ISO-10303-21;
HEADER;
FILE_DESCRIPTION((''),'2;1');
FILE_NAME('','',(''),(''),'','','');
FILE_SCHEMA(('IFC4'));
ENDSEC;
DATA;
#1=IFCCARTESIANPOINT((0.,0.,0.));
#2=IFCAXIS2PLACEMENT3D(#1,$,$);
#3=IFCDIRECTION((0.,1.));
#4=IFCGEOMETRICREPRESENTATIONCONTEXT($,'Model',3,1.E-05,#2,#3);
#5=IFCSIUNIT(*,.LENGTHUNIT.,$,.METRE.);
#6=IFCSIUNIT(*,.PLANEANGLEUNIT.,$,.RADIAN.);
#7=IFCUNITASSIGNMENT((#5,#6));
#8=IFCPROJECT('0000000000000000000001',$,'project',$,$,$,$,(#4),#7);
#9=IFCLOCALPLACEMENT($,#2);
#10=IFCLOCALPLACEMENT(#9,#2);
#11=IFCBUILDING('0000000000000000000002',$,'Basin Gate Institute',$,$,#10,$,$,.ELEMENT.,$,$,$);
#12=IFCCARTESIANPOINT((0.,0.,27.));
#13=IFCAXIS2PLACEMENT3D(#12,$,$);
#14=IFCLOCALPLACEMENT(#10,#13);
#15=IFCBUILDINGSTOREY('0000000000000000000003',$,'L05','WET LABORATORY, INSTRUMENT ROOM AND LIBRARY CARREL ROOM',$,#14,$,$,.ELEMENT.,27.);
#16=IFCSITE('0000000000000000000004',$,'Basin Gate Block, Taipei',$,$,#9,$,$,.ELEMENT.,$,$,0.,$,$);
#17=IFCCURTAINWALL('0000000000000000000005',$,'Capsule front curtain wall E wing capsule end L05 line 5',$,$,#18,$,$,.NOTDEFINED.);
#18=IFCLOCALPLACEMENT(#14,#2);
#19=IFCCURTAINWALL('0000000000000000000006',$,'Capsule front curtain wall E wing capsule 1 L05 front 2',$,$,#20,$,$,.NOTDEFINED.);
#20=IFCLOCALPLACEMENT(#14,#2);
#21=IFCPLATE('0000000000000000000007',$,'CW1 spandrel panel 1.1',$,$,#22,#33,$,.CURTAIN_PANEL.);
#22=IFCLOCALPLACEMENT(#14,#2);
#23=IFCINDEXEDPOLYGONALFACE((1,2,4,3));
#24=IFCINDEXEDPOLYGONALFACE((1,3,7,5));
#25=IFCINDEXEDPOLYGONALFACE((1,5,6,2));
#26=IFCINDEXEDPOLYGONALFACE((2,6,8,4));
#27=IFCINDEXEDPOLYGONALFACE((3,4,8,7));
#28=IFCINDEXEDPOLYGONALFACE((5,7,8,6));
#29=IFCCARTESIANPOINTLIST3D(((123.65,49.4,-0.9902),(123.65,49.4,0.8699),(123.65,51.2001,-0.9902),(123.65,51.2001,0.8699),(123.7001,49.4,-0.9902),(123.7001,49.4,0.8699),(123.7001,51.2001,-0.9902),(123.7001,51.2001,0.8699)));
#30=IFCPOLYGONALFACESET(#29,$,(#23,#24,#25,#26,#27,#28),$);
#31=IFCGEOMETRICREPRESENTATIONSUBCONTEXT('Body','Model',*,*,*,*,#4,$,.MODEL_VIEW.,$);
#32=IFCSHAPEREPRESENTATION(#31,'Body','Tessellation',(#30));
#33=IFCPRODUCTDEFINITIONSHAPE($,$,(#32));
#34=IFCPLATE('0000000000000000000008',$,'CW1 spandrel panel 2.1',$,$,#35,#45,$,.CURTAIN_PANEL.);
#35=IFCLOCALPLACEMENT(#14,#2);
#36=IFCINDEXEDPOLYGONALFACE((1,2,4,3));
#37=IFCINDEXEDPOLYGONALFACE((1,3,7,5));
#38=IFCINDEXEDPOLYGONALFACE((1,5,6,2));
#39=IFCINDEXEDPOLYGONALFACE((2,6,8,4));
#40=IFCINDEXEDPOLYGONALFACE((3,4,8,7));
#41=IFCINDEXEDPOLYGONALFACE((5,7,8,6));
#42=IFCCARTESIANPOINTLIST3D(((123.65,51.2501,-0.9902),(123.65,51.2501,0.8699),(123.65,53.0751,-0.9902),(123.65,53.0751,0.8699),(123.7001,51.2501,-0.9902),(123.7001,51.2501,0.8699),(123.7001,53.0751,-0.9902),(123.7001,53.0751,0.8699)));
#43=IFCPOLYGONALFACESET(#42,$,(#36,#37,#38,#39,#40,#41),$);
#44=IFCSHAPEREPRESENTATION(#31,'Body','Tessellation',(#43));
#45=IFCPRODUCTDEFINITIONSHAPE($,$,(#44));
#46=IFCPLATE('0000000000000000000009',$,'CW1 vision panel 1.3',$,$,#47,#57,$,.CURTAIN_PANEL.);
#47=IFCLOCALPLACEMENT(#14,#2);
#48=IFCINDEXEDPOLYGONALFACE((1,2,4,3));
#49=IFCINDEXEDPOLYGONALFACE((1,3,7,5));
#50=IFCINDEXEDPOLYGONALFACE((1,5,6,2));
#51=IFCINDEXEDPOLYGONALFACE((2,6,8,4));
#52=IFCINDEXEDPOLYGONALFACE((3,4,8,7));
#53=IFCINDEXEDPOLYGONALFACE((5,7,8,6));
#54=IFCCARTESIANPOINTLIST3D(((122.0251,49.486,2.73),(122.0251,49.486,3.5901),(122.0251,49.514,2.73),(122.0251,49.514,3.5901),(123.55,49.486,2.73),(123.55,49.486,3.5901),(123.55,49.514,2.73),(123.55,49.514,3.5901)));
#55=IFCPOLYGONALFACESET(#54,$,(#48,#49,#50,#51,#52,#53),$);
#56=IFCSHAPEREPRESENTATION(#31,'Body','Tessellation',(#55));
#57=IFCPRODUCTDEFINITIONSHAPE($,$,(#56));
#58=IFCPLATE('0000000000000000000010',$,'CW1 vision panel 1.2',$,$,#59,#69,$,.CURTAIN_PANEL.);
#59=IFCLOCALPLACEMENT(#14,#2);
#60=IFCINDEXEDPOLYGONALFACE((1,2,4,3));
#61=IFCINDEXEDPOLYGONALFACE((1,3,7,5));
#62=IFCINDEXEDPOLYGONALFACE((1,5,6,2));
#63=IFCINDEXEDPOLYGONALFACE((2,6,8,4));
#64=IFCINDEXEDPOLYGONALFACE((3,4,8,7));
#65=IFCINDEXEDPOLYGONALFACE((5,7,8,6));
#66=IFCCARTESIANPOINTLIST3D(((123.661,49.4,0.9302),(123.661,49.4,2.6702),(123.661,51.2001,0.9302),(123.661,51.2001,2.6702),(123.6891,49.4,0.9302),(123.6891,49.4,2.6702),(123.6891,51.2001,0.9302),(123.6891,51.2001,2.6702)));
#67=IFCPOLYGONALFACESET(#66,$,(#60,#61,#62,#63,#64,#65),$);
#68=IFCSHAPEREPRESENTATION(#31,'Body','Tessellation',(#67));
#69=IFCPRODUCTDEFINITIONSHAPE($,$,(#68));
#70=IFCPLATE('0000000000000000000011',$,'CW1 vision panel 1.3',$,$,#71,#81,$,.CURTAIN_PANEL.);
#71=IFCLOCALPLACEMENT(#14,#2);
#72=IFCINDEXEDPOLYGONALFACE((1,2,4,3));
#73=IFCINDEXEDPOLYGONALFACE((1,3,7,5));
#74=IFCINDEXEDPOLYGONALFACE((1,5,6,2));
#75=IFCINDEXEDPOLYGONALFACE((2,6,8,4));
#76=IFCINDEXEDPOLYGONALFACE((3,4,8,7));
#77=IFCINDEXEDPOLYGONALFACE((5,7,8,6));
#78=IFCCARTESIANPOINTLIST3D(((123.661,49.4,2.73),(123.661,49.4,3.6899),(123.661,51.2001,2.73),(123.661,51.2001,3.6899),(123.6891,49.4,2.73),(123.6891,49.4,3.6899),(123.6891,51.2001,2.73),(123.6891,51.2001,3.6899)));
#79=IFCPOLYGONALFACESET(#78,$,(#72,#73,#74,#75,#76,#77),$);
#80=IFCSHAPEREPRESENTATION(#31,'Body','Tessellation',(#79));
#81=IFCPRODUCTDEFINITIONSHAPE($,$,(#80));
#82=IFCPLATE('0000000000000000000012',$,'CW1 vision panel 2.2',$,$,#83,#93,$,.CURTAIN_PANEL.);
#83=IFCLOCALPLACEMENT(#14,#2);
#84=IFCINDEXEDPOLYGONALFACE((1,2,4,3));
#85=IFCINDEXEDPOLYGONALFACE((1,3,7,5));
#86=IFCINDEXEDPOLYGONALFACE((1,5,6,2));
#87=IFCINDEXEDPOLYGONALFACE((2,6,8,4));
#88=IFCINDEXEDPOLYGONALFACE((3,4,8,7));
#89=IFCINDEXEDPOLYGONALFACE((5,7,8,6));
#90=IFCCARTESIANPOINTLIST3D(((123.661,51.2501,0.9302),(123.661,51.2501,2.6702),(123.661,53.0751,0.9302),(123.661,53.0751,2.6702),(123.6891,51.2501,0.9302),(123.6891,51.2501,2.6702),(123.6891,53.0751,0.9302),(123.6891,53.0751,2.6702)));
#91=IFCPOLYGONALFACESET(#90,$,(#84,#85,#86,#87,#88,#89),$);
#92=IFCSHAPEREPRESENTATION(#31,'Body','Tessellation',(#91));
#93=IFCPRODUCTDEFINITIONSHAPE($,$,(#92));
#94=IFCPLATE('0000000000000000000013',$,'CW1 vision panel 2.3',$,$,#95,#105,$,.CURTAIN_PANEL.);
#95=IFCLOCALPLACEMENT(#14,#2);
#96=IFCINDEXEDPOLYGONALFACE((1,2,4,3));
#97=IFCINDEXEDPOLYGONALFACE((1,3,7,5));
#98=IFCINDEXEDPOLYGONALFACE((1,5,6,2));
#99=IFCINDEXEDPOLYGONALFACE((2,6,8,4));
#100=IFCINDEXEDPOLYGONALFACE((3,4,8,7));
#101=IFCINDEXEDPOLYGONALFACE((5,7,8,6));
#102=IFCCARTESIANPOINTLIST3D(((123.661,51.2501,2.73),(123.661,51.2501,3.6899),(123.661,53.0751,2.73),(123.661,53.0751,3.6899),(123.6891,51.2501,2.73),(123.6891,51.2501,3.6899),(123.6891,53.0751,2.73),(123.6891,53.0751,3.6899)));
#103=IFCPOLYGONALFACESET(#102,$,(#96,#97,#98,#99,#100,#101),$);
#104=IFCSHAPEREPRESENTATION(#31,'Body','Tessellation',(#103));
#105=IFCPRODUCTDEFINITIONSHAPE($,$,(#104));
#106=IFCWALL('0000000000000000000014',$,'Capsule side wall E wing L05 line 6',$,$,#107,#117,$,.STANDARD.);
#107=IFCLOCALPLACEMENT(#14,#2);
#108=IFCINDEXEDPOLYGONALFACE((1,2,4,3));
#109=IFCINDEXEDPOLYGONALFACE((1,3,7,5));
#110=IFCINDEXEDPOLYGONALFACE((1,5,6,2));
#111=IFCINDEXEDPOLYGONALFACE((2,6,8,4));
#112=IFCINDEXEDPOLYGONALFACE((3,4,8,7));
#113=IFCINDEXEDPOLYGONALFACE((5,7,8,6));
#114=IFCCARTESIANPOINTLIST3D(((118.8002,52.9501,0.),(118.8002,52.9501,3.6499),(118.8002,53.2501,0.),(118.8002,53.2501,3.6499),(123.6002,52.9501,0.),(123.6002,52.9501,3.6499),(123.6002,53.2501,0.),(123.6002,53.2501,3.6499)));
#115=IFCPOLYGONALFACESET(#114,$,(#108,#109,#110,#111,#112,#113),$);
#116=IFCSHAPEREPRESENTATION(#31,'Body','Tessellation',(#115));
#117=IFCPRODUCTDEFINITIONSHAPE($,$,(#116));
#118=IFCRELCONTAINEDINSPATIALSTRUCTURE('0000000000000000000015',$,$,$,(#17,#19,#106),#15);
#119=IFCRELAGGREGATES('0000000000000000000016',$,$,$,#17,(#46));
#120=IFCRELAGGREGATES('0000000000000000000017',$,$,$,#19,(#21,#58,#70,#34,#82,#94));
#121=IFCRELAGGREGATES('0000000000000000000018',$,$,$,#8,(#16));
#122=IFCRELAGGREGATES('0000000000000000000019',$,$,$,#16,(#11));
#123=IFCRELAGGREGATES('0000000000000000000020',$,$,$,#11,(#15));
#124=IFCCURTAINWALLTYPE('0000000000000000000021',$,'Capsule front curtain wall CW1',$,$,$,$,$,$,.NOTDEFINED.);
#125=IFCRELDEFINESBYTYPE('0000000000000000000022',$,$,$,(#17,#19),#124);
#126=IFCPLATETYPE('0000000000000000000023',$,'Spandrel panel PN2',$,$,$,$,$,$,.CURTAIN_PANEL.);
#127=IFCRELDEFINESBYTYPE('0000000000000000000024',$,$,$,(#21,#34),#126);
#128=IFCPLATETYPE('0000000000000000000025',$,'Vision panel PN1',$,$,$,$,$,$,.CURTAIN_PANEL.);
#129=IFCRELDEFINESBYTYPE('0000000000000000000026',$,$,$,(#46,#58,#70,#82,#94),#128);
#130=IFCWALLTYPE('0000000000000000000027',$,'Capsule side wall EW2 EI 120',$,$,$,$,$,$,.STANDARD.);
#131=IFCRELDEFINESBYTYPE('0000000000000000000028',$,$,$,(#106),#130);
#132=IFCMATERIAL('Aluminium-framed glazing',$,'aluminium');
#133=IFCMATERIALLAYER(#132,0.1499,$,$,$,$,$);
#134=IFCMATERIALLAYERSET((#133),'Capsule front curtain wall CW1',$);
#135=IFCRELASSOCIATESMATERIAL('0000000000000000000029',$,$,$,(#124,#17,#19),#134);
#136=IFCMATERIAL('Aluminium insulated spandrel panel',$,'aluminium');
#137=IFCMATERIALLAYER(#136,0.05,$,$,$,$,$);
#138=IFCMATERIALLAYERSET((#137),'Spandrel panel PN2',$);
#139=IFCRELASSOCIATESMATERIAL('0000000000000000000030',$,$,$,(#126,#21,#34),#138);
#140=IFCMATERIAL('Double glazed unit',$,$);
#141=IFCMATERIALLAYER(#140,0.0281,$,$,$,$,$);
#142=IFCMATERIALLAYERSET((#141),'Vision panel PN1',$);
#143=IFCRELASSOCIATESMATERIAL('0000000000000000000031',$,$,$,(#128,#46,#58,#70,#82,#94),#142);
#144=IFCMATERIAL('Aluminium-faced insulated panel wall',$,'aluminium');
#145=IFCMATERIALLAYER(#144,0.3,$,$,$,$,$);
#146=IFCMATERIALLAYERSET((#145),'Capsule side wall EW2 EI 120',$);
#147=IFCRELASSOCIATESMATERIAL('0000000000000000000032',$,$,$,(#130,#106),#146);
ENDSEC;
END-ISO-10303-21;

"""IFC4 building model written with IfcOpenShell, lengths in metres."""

from ifc_helpers import new_model, si_unit, direction, frame, frame_2d, origin, origin_2d, place, context, subcontext, project, spatial, rectangle, extrude, material, layer, layer_set, type_object, element, aggregate, save


model = new_model("IFC4")

# Units and contexts
model_context = context("Model", 3, precision=1e-05, world=origin(), true_north=direction((0.0, 1.0)))
body_context = subcontext(model_context, "Body", "Model", "MODEL_VIEW")
ifc_project = project(units=[si_unit("LENGTHUNIT", "METRE"), si_unit("PLANEANGLEUNIT", "RADIAN")], contexts=[model_context])

# Site, building, storey
site_placement = place(None, origin())
site = spatial("IfcSite", under=ifc_project, at=site_placement, Name="Basin Gate Block, Taipei", CompositionType="ELEMENT", RefElevation=0.0)
building_placement = place(site_placement, origin())
building = spatial("IfcBuilding", under=site, at=building_placement, Name="Basin Gate Institute", CompositionType="ELEMENT")
storey_placement = place(building_placement, frame((0.0, 0.0, 27.0)))
storey = spatial("IfcBuildingStorey", under=building, at=storey_placement, Name="L05", Description="WET LABORATORY, INSTRUMENT ROOM AND LIBRARY CARREL ROOM", CompositionType="ELEMENT", Elevation=27.0)

# Curtain walls
ifc_material_1 = material(Name="Aluminium-framed glazing", Category="aluminium")
ifc_layer_1 = layer(ifc_material_1, 0.1499)
ifc_layer_set_1 = layer_set([ifc_layer_1], Name="Capsule front curtain wall CW1")
curtain_wall_type = type_object("IfcCurtainWallType", Name="Capsule front curtain wall CW1", PredefinedType="NOTDEFINED", material=ifc_layer_set_1)
curtain_wall_1_placement = place(storey_placement, origin())
curtain_wall_1 = element("IfcCurtainWall", 1, at=curtain_wall_1_placement, inside=storey, type_object=curtain_wall_type, material=ifc_layer_set_1, Name="Capsule front curtain wall E wing capsule end L05 line 5", PredefinedType="NOTDEFINED")
curtain_wall_2_placement = place(storey_placement, origin())
curtain_wall_2 = element("IfcCurtainWall", 2, at=curtain_wall_2_placement, inside=storey, type_object=curtain_wall_type, material=ifc_layer_set_1, Name="Capsule front curtain wall E wing capsule 1 L05 front 2", PredefinedType="NOTDEFINED")

# Plates
ifc_material_2 = material(Name="Aluminium insulated spandrel panel", Category="aluminium")
ifc_layer_2 = layer(ifc_material_2, 0.05)
ifc_layer_set_2 = layer_set([ifc_layer_2], Name="Spandrel panel PN2")
plate_type_1 = type_object("IfcPlateType", Name="Spandrel panel PN2", PredefinedType="CURTAIN_PANEL", material=ifc_layer_set_2)
plate_1_placement = place(storey_placement, frame((123.675, 50.3, -0.9902), z_axis=(0.0, 0.0, 1.0), x_axis=(0.0, 1.0, 0.0)))
plate_1 = element("IfcPlate", 3, at=plate_1_placement, type_object=plate_type_1, material=ifc_layer_set_2, Name="CW1 spandrel panel 1.1", PredefinedType="CURTAIN_PANEL", context=body_context, shape_type="SweptSolid", body=[
    extrude(rectangle(XDim=1.8, YDim=0.05, at=origin_2d()), origin(), (0.0, 0.0, 1.0), 1.8601),
])
plate_2_placement = place(storey_placement, frame((123.675, 52.1626, -0.9902), z_axis=(0.0, 0.0, 1.0), x_axis=(0.0, 1.0, 0.0)))
plate_2 = element("IfcPlate", 4, at=plate_2_placement, type_object=plate_type_1, material=ifc_layer_set_2, Name="CW1 spandrel panel 2.1", PredefinedType="CURTAIN_PANEL", context=body_context, shape_type="SweptSolid", body=[
    extrude(rectangle(XDim=1.825, YDim=0.05, at=origin_2d()), origin(), (0.0, 0.0, 1.0), 1.8601),
])
ifc_material_3 = material(Name="Double glazed unit")
ifc_layer_3 = layer(ifc_material_3, 0.0281)
ifc_layer_set_3 = layer_set([ifc_layer_3], Name="Vision panel PN1")
plate_type_2 = type_object("IfcPlateType", Name="Vision panel PN1", PredefinedType="CURTAIN_PANEL", material=ifc_layer_set_3)
plate_3_placement = place(storey_placement, frame((122.7876, 49.5, 2.73), z_axis=(0.0, 0.0, 1.0), x_axis=(-1.0, 0.0, 0.0)))
plate_3 = element("IfcPlate", 5, at=plate_3_placement, type_object=plate_type_2, material=ifc_layer_set_3, Name="CW1 vision panel 1.3", PredefinedType="CURTAIN_PANEL", context=body_context, shape_type="SweptSolid", body=[
    extrude(rectangle(XDim=1.5249, YDim=0.0281, at=origin_2d()), origin(), (0.0, 0.0, 1.0), 0.8601),
])
aggregate(curtain_wall_1, [plate_3])
plate_4_placement = place(storey_placement, frame((123.675, 50.3, 0.9302), z_axis=(0.0, 0.0, 1.0), x_axis=(0.0, 1.0, 0.0)))
plate_4 = element("IfcPlate", 6, at=plate_4_placement, type_object=plate_type_2, material=ifc_layer_set_3, Name="CW1 vision panel 1.2", PredefinedType="CURTAIN_PANEL", context=body_context, shape_type="SweptSolid", body=[
    extrude(rectangle(XDim=1.8, YDim=0.0281, at=origin_2d()), origin(), (0.0, 0.0, 1.0), 1.74),
])
plate_5_placement = place(storey_placement, frame((123.675, 50.3, 2.73), z_axis=(0.0, 0.0, 1.0), x_axis=(0.0, 1.0, 0.0)))
plate_5 = element("IfcPlate", 7, at=plate_5_placement, type_object=plate_type_2, material=ifc_layer_set_3, Name="CW1 vision panel 1.3", PredefinedType="CURTAIN_PANEL", context=body_context, shape_type="SweptSolid", body=[
    extrude(rectangle(XDim=1.8, YDim=0.0281, at=origin_2d()), origin(), (0.0, 0.0, 1.0), 0.96),
])
plate_6_placement = place(storey_placement, frame((123.675, 52.1626, 0.9302), z_axis=(0.0, 0.0, 1.0), x_axis=(0.0, 1.0, 0.0)))
plate_6 = element("IfcPlate", 8, at=plate_6_placement, type_object=plate_type_2, material=ifc_layer_set_3, Name="CW1 vision panel 2.2", PredefinedType="CURTAIN_PANEL", context=body_context, shape_type="SweptSolid", body=[
    extrude(rectangle(XDim=1.825, YDim=0.0281, at=origin_2d()), origin(), (0.0, 0.0, 1.0), 1.74),
])
plate_7_placement = place(storey_placement, frame((123.675, 52.1626, 2.73), z_axis=(0.0, 0.0, 1.0), x_axis=(0.0, 1.0, 0.0)))
plate_7 = element("IfcPlate", 9, at=plate_7_placement, type_object=plate_type_2, material=ifc_layer_set_3, Name="CW1 vision panel 2.3", PredefinedType="CURTAIN_PANEL", context=body_context, shape_type="SweptSolid", body=[
    extrude(rectangle(XDim=1.825, YDim=0.0281, at=origin_2d()), origin(), (0.0, 0.0, 1.0), 0.96),
])
aggregate(curtain_wall_2, [plate_1, plate_4, plate_5, plate_2, plate_6, plate_7])

# Wall
ifc_material_4 = material(Name="Aluminium-faced insulated panel wall", Category="aluminium")
ifc_layer_4 = layer(ifc_material_4, 0.3)
ifc_layer_set_4 = layer_set([ifc_layer_4], Name="Capsule side wall EW2 EI 120")
wall_type = type_object("IfcWallType", Name="Capsule side wall EW2 EI 120", PredefinedType="STANDARD", material=ifc_layer_set_4)
wall_placement = place(storey_placement, frame((123.6001, 53.1001, 0.0), z_axis=(0.0, 0.0, 1.0), x_axis=(-1.0, 0.0, 0.0)))
element("IfcWall", 10, at=wall_placement, inside=storey, type_object=wall_type, material=ifc_layer_set_4, Name="Capsule side wall E wing L05 line 6", PredefinedType="STANDARD", context=body_context, shape_type="SweptSolid", body=[
    extrude(rectangle(XDim=4.8, YDim=0.3, at=frame_2d((2.3999, 0.0))), origin(), (0.0, 0.0, 1.0), 3.6499),
])

save(model, "model.ifc")
